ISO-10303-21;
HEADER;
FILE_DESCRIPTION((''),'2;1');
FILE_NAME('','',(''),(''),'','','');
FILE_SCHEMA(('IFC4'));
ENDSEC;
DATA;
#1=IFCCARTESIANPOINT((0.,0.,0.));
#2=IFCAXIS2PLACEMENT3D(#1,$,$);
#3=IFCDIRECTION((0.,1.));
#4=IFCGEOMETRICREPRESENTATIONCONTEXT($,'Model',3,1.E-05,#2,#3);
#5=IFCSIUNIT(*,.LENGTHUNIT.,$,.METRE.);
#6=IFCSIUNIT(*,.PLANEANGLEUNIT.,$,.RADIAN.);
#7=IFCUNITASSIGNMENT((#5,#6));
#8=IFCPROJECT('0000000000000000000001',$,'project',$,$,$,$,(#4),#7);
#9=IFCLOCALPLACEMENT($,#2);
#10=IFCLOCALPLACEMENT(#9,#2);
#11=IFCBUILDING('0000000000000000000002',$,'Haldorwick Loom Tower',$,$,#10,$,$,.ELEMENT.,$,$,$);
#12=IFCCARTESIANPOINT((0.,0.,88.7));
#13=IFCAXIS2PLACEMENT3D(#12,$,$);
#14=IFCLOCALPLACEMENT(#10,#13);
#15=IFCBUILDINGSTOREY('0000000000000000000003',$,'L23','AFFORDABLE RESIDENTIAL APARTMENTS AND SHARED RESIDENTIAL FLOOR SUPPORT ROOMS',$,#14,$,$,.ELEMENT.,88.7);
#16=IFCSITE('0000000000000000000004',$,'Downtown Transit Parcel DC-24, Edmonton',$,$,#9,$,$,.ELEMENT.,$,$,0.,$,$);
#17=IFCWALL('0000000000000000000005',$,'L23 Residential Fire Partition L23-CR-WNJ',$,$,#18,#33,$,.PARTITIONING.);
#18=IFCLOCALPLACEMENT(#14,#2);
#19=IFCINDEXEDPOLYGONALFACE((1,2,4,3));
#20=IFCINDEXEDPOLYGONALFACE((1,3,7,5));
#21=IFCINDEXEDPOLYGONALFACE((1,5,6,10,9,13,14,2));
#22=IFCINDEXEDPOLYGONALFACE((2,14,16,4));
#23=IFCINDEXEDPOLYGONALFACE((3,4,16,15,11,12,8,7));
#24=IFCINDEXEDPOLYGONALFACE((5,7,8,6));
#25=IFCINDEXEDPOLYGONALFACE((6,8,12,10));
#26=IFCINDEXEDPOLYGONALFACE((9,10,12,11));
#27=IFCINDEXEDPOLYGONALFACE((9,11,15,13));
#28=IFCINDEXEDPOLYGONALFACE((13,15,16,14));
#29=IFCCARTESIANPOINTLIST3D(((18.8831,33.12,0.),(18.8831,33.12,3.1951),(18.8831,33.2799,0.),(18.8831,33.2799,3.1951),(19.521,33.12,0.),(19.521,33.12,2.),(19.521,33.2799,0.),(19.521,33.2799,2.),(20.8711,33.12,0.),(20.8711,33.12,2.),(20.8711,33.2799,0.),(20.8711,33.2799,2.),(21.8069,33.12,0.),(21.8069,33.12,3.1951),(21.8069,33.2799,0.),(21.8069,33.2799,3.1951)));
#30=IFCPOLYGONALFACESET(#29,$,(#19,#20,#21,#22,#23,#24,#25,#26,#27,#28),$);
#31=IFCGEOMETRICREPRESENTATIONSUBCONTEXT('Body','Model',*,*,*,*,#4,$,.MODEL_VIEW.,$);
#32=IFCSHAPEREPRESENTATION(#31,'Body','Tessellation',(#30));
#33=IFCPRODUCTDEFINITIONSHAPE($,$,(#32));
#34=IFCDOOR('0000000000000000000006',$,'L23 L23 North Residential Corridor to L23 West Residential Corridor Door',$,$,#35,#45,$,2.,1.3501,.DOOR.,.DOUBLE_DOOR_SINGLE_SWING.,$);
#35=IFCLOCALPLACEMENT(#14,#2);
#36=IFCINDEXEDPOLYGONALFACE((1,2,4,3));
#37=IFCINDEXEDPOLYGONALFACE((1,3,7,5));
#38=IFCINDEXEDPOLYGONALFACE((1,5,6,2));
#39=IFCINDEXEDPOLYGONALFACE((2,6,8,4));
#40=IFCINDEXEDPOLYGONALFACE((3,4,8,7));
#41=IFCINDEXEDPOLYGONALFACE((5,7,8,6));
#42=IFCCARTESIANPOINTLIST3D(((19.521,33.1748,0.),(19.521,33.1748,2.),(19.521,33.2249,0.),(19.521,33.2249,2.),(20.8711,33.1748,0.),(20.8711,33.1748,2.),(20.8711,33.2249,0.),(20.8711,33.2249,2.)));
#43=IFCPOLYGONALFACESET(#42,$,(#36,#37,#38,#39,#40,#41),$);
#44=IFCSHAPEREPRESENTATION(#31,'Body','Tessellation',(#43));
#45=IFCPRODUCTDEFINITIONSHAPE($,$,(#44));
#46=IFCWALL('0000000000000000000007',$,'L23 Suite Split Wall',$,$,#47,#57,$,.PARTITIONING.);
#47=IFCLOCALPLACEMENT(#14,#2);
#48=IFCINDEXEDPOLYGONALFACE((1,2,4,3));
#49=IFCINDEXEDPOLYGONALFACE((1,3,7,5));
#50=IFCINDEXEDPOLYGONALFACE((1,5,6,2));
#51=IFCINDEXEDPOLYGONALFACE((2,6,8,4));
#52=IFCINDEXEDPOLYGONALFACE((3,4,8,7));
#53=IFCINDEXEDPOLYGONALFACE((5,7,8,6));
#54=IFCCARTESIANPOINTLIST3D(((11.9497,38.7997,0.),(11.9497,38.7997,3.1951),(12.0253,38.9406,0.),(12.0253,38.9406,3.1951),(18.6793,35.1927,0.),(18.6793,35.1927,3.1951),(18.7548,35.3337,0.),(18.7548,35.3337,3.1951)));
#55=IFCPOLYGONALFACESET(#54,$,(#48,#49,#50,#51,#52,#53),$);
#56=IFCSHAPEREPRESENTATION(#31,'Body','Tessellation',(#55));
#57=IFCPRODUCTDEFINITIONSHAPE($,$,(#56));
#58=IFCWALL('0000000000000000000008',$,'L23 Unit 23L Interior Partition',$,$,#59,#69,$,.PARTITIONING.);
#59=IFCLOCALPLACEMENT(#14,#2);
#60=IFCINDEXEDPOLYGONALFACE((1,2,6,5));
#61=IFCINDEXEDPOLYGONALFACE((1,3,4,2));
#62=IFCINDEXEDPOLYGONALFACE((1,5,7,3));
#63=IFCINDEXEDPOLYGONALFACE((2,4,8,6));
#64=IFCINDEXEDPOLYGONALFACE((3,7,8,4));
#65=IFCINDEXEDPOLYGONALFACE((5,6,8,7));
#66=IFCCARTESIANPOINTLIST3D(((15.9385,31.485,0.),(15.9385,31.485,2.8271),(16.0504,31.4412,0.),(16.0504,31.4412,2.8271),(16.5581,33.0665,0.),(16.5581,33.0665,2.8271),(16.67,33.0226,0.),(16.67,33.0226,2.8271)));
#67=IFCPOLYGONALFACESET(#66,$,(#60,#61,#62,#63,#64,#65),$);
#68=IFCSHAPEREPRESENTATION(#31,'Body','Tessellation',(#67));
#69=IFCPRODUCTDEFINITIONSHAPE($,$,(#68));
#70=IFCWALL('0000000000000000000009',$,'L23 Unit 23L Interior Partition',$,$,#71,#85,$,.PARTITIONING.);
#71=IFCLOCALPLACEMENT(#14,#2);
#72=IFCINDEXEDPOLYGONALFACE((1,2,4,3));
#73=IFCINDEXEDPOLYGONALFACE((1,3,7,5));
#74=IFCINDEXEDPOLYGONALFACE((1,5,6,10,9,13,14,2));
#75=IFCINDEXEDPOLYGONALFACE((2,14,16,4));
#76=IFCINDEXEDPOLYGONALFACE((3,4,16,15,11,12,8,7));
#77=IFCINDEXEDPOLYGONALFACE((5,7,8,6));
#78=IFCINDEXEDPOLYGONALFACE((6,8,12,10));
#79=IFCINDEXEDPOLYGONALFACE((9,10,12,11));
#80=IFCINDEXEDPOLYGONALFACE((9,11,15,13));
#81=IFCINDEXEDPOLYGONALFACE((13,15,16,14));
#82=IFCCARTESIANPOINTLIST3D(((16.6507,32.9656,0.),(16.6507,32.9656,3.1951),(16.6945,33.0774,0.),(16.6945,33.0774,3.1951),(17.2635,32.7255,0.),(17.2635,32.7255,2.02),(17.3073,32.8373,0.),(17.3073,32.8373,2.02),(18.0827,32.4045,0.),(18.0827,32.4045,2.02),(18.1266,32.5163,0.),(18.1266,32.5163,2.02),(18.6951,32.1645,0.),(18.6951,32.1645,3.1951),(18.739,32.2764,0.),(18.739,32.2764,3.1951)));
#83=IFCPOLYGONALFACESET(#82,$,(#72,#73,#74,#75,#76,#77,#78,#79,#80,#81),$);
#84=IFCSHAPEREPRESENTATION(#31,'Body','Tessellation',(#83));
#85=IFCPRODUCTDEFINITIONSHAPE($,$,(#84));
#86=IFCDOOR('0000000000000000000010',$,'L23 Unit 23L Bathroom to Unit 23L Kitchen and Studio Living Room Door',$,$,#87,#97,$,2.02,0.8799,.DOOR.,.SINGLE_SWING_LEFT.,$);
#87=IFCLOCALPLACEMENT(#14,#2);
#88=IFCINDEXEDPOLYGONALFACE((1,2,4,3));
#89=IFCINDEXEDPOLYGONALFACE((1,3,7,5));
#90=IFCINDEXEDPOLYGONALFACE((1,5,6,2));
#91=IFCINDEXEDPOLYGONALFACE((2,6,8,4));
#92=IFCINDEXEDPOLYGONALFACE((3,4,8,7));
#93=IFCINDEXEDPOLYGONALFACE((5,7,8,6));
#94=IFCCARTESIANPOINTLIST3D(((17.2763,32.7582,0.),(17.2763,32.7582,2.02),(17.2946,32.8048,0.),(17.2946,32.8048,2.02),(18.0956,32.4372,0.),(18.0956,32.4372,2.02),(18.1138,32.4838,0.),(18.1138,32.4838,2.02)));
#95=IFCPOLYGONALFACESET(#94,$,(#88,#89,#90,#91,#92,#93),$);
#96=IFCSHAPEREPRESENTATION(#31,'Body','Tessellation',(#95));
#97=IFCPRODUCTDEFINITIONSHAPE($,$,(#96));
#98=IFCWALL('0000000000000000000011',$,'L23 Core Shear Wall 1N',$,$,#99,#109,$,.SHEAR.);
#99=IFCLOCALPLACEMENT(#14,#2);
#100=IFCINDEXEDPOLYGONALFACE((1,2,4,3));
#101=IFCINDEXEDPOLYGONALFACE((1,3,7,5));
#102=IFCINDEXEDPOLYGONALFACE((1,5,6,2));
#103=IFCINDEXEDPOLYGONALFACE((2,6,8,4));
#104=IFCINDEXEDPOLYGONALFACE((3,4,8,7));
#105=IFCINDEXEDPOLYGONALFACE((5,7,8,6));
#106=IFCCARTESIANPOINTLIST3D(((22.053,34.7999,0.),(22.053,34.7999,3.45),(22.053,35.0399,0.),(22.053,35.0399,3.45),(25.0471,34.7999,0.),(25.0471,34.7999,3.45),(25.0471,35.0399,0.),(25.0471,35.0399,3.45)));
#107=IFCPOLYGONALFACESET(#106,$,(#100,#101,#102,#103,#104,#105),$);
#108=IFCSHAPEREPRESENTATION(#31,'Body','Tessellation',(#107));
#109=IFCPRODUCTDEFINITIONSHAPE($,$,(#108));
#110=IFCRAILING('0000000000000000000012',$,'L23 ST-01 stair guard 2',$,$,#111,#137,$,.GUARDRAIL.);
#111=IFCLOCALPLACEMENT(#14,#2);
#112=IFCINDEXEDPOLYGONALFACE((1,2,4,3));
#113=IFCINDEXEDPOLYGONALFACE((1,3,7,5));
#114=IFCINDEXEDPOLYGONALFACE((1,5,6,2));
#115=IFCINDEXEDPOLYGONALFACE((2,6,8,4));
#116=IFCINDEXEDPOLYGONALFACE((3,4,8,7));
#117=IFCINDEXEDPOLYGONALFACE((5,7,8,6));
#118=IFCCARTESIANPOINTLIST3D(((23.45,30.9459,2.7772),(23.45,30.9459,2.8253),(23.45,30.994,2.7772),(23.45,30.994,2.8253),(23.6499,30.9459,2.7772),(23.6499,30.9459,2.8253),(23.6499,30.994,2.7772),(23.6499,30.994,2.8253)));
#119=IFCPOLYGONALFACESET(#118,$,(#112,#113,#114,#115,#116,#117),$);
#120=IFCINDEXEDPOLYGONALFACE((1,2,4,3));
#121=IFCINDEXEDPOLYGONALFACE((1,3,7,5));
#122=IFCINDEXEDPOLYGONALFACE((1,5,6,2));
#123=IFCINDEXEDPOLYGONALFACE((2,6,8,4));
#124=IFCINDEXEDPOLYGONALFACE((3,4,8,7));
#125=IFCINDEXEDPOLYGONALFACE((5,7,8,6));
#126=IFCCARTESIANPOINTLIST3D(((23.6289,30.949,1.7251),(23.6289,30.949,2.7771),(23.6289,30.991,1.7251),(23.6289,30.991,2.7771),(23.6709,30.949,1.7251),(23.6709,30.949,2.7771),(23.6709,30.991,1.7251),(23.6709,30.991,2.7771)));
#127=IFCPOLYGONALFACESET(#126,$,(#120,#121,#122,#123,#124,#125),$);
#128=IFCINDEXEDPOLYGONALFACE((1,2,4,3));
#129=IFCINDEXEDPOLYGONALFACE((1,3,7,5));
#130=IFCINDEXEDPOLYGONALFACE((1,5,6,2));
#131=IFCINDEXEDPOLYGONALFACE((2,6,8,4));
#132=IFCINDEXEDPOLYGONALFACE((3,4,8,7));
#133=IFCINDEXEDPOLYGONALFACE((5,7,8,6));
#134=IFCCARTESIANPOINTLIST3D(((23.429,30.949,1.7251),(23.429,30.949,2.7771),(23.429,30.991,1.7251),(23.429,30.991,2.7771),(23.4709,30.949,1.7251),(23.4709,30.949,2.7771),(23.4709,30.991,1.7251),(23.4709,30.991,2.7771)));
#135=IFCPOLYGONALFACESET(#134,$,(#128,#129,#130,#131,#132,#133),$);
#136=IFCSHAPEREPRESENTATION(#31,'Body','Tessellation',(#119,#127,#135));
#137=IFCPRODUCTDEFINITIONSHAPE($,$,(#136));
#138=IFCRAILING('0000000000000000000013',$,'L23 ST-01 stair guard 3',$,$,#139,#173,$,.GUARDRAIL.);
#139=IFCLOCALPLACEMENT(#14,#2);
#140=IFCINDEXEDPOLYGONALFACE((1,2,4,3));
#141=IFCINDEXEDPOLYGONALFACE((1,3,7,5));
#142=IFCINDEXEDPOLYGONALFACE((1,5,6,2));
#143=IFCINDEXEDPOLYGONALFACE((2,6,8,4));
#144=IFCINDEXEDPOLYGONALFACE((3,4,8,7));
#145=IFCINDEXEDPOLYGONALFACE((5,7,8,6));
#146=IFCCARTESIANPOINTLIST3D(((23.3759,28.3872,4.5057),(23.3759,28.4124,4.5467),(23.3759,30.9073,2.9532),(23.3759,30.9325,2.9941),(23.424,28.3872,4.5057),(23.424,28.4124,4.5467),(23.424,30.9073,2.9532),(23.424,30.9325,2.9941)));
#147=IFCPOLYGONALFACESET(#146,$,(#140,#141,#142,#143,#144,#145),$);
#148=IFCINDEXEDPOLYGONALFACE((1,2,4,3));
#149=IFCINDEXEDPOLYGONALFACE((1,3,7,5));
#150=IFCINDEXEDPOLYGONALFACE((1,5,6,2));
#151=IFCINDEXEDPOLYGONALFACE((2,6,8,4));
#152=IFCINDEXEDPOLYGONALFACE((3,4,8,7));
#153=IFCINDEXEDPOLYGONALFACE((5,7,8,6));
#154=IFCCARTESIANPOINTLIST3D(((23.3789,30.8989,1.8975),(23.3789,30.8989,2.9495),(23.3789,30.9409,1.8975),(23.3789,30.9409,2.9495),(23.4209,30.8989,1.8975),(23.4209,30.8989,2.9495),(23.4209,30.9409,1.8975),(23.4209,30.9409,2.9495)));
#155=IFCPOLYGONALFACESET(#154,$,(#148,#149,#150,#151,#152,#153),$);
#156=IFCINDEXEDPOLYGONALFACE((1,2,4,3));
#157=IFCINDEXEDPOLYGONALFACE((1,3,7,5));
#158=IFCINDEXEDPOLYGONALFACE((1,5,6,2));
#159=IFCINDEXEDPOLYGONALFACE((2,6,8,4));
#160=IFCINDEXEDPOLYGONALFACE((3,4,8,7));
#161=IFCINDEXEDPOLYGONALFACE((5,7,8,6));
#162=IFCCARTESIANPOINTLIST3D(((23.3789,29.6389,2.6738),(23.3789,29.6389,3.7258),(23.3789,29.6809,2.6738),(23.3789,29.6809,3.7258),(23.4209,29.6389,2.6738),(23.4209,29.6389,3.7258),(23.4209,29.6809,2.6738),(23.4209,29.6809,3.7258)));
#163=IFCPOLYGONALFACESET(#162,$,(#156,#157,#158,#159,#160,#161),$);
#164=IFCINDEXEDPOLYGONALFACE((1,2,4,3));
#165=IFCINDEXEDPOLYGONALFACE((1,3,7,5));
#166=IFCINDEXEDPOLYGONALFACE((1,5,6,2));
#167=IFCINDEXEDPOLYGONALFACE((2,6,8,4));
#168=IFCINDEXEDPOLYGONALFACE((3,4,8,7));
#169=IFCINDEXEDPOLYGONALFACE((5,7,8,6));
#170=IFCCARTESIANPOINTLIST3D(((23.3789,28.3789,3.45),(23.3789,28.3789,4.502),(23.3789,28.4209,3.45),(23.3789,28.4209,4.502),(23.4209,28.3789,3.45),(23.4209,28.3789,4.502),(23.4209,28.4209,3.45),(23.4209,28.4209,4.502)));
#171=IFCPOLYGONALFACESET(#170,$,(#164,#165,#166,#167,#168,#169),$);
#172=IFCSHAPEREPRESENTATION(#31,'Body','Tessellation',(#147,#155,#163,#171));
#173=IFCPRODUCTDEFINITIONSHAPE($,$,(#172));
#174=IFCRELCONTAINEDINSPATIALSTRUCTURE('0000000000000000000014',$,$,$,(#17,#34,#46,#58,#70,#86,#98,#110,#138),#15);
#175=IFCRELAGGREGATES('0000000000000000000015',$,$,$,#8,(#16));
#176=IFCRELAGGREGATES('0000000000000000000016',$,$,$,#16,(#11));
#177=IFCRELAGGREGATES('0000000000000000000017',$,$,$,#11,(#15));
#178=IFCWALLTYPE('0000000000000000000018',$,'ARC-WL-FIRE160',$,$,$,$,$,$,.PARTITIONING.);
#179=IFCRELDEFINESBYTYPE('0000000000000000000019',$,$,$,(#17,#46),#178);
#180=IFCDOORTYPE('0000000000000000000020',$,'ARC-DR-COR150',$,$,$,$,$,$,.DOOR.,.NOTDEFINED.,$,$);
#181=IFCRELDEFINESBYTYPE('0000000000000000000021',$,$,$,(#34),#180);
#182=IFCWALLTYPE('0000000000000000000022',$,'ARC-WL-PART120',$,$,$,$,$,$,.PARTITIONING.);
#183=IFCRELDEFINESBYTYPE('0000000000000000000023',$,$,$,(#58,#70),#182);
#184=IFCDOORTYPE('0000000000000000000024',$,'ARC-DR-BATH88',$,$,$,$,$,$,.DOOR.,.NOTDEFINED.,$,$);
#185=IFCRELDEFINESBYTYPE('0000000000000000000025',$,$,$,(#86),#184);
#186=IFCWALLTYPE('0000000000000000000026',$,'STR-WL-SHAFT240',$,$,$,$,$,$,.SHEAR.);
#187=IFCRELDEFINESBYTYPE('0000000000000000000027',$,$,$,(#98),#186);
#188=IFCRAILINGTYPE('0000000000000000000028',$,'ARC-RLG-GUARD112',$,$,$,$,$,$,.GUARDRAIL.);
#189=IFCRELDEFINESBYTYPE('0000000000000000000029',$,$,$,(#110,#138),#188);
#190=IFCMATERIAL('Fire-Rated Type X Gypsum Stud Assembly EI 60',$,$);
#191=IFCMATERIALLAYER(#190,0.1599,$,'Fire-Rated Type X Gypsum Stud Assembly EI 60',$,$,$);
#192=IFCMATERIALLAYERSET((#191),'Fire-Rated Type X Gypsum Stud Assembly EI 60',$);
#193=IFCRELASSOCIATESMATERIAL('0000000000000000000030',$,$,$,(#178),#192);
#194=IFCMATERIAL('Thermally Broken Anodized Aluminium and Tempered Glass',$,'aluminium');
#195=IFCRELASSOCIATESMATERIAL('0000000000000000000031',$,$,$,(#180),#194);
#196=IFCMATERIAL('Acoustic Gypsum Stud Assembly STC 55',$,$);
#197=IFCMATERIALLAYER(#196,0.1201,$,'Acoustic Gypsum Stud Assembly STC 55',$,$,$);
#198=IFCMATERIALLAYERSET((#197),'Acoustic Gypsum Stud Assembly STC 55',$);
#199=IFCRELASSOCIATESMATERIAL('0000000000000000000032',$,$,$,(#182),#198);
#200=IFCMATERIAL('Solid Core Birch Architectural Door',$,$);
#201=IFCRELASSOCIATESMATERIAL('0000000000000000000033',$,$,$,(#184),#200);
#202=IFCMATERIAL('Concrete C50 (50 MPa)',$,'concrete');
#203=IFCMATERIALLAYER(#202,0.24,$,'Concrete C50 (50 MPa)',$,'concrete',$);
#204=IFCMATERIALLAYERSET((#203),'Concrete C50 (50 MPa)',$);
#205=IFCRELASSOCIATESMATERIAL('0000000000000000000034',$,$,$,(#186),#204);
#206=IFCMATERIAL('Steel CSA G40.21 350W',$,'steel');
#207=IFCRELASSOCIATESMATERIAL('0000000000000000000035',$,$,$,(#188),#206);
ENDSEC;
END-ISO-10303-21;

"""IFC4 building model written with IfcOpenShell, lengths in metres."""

from ifc_helpers import new_model, si_unit, direction, frame, frame_2d, origin, origin_2d, place, context, subcontext, project, spatial, rectangle, extrude, material, layer, layer_set, type_object, element, fill, save


model = new_model("IFC4")

# Units and contexts
model_context = context("Model", 3, precision=1e-05, world=origin(), true_north=direction((0.0, 1.0)))
body_context = subcontext(model_context, "Body", "Model", "MODEL_VIEW")
ifc_project = project(units=[si_unit("LENGTHUNIT", "METRE"), si_unit("PLANEANGLEUNIT", "RADIAN")], contexts=[model_context])

# Site, building, storey
site_placement = place(None, origin())
site = spatial("IfcSite", under=ifc_project, at=site_placement, Name="Downtown Transit Parcel DC-24, Edmonton", CompositionType="ELEMENT", RefElevation=0.0)
building_placement = place(site_placement, origin())
building = spatial("IfcBuilding", under=site, at=building_placement, Name="Haldorwick Loom Tower", CompositionType="ELEMENT")
storey_placement = place(building_placement, frame((0.0, 0.0, 88.7)))
storey = spatial("IfcBuildingStorey", under=building, at=storey_placement, Name="L23", Description="AFFORDABLE RESIDENTIAL APARTMENTS AND SHARED RESIDENTIAL FLOOR SUPPORT ROOMS", CompositionType="ELEMENT", Elevation=88.7)

# Shared definitions
ifc_material_1 = material(Name="Steel CSA G40.21 350W", Category="steel")

# Wall, opening, door
ifc_material_2 = material(Name="Fire-Rated Type X Gypsum Stud Assembly EI 60")
ifc_layer_1 = layer(ifc_material_2, 0.1599, Name="Fire-Rated Type X Gypsum Stud Assembly EI 60")
ifc_layer_set_1 = layer_set([ifc_layer_1], Name="Fire-Rated Type X Gypsum Stud Assembly EI 60")
wall_type_1 = type_object("IfcWallType", Name="ARC-WL-FIRE160", PredefinedType="PARTITIONING", material=ifc_layer_set_1)
wall_1_placement = place(storey_placement, frame((18.8831, 33.2, 0.0), z_axis=(0.0, 0.0, 1.0), x_axis=(1.0, 0.0, 0.0)))
wall_1 = element("IfcWall", 1, at=wall_1_placement, inside=storey, type_object=wall_type_1, Name="L23 Residential Fire Partition L23-CR-WNJ", PredefinedType="PARTITIONING", context=body_context, shape_type="SweptSolid", body=[
    extrude(rectangle(XDim=2.9238, YDim=0.1599, at=frame_2d((1.4619, 0.0))), origin(), (0.0, 0.0, 1.0), 3.1951),
])
opening_1_placement = place(wall_1_placement, frame((0.6379, 0.0, 0.0)))
opening_1 = element("IfcOpeningElement", 2, at=opening_1_placement, cuts=wall_1, PredefinedType="OPENING", context=body_context, shape_type="SweptSolid", body=[
    extrude(rectangle(XDim=1.3501, YDim=2.0, at=frame_2d((0.675, 1.0))), frame((0.0, 0.0898, 0.0), z_axis=(0.0, -1.0, 0.0), x_axis=(1.0, 0.0, 0.0)), (0.0, 0.0, 1.0), 0.1799),
])
ifc_material_3 = material(Name="Thermally Broken Anodized Aluminium and Tempered Glass", Category="aluminium")
door_type_1 = type_object("IfcDoorType", Name="ARC-DR-COR150", OperationType="NOTDEFINED", PredefinedType="DOOR", material=ifc_material_3)
door_1_placement = place(opening_1_placement, origin())
door_1 = element("IfcDoor", 3, at=door_1_placement, inside=storey, type_object=door_type_1, Name="L23 L23 North Residential Corridor to L23 West Residential Corridor Door", OperationType="DOUBLE_DOOR_SINGLE_SWING", OverallHeight=2.0, OverallWidth=1.3501, PredefinedType="DOOR", context=body_context, shape_type="SweptSolid", body=[
    extrude(rectangle(XDim=1.3501, YDim=2.0, at=frame_2d((0.675, 1.0))), frame((0.0, 0.0249, 0.0), z_axis=(0.0, -1.0, 0.0), x_axis=(1.0, 0.0, 0.0)), (0.0, 0.0, 1.0), 0.05),
])
fill(opening_1, door_1)

# Walls
wall_2_placement = place(storey_placement, frame((18.717, 35.2632, 0.0), z_axis=(0.0, 0.0, 1.0), x_axis=(-0.881379, 0.47241, 0.0)))
element("IfcWall", 4, at=wall_2_placement, inside=storey, type_object=wall_type_1, Name="L23 Suite Split Wall", PredefinedType="PARTITIONING", context=body_context, shape_type="SweptSolid", body=[
    extrude(rectangle(XDim=7.6353, YDim=0.1599, at=frame_2d((3.8176, 0.0))), origin(), (0.0, 0.0, 1.0), 3.1951),
])
ifc_material_4 = material(Name="Acoustic Gypsum Stud Assembly STC 55")
ifc_layer_2 = layer(ifc_material_4, 0.1201, Name="Acoustic Gypsum Stud Assembly STC 55")
ifc_layer_set_2 = layer_set([ifc_layer_2], Name="Acoustic Gypsum Stud Assembly STC 55")
wall_type_2 = type_object("IfcWallType", Name="ARC-WL-PART120", PredefinedType="PARTITIONING", material=ifc_layer_set_2)
wall_3_placement = place(storey_placement, frame((16.614, 33.0444, 0.0), z_axis=(0.0, 0.0, 1.0), x_axis=(-0.36479, -0.93109, 0.0)))
element("IfcWall", 5, at=wall_3_placement, inside=storey, type_object=wall_type_2, Name="L23 Unit 23L Interior Partition", PredefinedType="PARTITIONING", context=body_context, shape_type="SweptSolid", body=[
    extrude(rectangle(XDim=1.6985, YDim=0.1201, at=frame_2d((0.8491, 0.0))), origin(), (0.0, 0.0, 1.0), 2.8271),
])

# Wall, opening, door
wall_4_placement = place(storey_placement, frame((18.717, 32.2205, 0.0), z_axis=(0.0, 0.0, 1.0), x_axis=(-0.931084, 0.364806, 0.0)))
wall_4 = element("IfcWall", 6, at=wall_4_placement, inside=storey, type_object=wall_type_2, Name="L23 Unit 23L Interior Partition", PredefinedType="PARTITIONING", context=body_context, shape_type="SweptSolid", body=[
    extrude(rectangle(XDim=2.1958, YDim=0.1201, at=frame_2d((1.0979, 0.0))), origin(), (0.0, 0.0, 1.0), 3.1951),
])
opening_2_placement = place(wall_4_placement, frame((0.6577, 0.0, 0.0)))
opening_2 = element("IfcOpeningElement", 7, at=opening_2_placement, cuts=wall_4, PredefinedType="OPENING", context=body_context, shape_type="SweptSolid", body=[
    extrude(rectangle(XDim=0.8799, YDim=2.02, at=frame_2d((0.4399, 1.01))), frame((0.0, 0.0701, 0.0), z_axis=(0.0, -1.0, 0.0), x_axis=(1.0, 0.0, 0.0)), (0.0, 0.0, 1.0), 0.1401),
])
ifc_material_5 = material(Name="Solid Core Birch Architectural Door")
door_type_2 = type_object("IfcDoorType", Name="ARC-DR-BATH88", OperationType="NOTDEFINED", PredefinedType="DOOR", material=ifc_material_5)
door_2_placement = place(opening_2_placement, origin())
door_2 = element("IfcDoor", 8, at=door_2_placement, inside=storey, type_object=door_type_2, Name="L23 Unit 23L Bathroom to Unit 23L Kitchen and Studio Living Room Door", OperationType="SINGLE_SWING_LEFT", OverallHeight=2.02, OverallWidth=0.8799, PredefinedType="DOOR", context=body_context, shape_type="SweptSolid", body=[
    extrude(rectangle(XDim=0.8799, YDim=2.02, at=frame_2d((0.4399, 1.01))), frame((0.0, 0.0249, 0.0), z_axis=(0.0, -1.0, 0.0), x_axis=(1.0, 0.0, 0.0)), (0.0, 0.0, 1.0), 0.05),
])
fill(opening_2, door_2)

# Wall
ifc_material_6 = material(Name="Concrete C50 (50 MPa)", Category="concrete")
ifc_layer_3 = layer(ifc_material_6, 0.24, Name="Concrete C50 (50 MPa)", Category="concrete")
ifc_layer_set_3 = layer_set([ifc_layer_3], Name="Concrete C50 (50 MPa)")
wall_type_3 = type_object("IfcWallType", Name="STR-WL-SHAFT240", PredefinedType="SHEAR", material=ifc_layer_set_3)
wall_5_placement = place(storey_placement, frame((22.053, 34.9199, 0.0), z_axis=(0.0, 0.0, 1.0), x_axis=(1.0, 0.0, 0.0)))
element("IfcWall", 9, at=wall_5_placement, inside=storey, type_object=wall_type_3, Name="L23 Core Shear Wall 1N", PredefinedType="SHEAR", context=body_context, shape_type="SweptSolid", body=[
    extrude(rectangle(XDim=2.9941, YDim=0.24, at=frame_2d((1.4971, 0.0))), origin(), (0.0, 0.0, 1.0), 3.45),
])

# Railings
railing_type = type_object("IfcRailingType", Name="ARC-RLG-GUARD112", PredefinedType="GUARDRAIL", material=ifc_material_1)
railing_1_placement = place(storey_placement, frame((23.6499, 30.97, 1.7251)))
element("IfcRailing", 10, at=railing_1_placement, inside=storey, type_object=railing_type, Name="L23 ST-01 stair guard 2", PredefinedType="GUARDRAIL", context=body_context, shape_type="SweptSolid", body=[
    extrude(rectangle(XDim=0.0481, YDim=0.0481, at=origin_2d()), frame((0.0, 0.0, 1.0762), z_axis=(-1.0, 0.0, 0.0), x_axis=(0.0, -1.0, 0.0)), (0.0, 0.0, 1.0), 0.2),
    extrude(rectangle(XDim=0.042, YDim=0.042, at=origin_2d()), origin(), (0.0, 0.0, 1.0), 1.052),
    extrude(rectangle(XDim=0.042, YDim=0.042, at=origin_2d()), frame((-0.2, 0.0, 0.0)), (0.0, 0.0, 1.0), 1.052),
])
railing_2_placement = place(storey_placement, frame((23.3999, 30.9199, 1.8975)))
element("IfcRailing", 11, at=railing_2_placement, inside=storey, type_object=railing_type, Name="L23 ST-01 stair guard 3", PredefinedType="GUARDRAIL", context=body_context, shape_type="SweptSolid", body=[
    extrude(rectangle(XDim=0.0481, YDim=0.0481, at=origin_2d()), frame((0.0, 0.0, 1.0762), z_axis=(0.0, -0.8514, 0.524516), x_axis=(1.0, 0.0, 0.0)), (0.0, 0.0, 1.0), 2.96),
    extrude(rectangle(XDim=0.042, YDim=0.042, at=origin_2d()), origin(), (0.0, 0.0, 1.0), 1.052),
    extrude(rectangle(XDim=0.042, YDim=0.042, at=origin_2d()), frame((0.0, -1.26, 0.7764)), (0.0, 0.0, 1.0), 1.052),
    extrude(rectangle(XDim=0.042, YDim=0.042, at=origin_2d()), frame((0.0, -2.52, 1.5525)), (0.0, 0.0, 1.0), 1.052),
])

save(model, "model.ifc")
